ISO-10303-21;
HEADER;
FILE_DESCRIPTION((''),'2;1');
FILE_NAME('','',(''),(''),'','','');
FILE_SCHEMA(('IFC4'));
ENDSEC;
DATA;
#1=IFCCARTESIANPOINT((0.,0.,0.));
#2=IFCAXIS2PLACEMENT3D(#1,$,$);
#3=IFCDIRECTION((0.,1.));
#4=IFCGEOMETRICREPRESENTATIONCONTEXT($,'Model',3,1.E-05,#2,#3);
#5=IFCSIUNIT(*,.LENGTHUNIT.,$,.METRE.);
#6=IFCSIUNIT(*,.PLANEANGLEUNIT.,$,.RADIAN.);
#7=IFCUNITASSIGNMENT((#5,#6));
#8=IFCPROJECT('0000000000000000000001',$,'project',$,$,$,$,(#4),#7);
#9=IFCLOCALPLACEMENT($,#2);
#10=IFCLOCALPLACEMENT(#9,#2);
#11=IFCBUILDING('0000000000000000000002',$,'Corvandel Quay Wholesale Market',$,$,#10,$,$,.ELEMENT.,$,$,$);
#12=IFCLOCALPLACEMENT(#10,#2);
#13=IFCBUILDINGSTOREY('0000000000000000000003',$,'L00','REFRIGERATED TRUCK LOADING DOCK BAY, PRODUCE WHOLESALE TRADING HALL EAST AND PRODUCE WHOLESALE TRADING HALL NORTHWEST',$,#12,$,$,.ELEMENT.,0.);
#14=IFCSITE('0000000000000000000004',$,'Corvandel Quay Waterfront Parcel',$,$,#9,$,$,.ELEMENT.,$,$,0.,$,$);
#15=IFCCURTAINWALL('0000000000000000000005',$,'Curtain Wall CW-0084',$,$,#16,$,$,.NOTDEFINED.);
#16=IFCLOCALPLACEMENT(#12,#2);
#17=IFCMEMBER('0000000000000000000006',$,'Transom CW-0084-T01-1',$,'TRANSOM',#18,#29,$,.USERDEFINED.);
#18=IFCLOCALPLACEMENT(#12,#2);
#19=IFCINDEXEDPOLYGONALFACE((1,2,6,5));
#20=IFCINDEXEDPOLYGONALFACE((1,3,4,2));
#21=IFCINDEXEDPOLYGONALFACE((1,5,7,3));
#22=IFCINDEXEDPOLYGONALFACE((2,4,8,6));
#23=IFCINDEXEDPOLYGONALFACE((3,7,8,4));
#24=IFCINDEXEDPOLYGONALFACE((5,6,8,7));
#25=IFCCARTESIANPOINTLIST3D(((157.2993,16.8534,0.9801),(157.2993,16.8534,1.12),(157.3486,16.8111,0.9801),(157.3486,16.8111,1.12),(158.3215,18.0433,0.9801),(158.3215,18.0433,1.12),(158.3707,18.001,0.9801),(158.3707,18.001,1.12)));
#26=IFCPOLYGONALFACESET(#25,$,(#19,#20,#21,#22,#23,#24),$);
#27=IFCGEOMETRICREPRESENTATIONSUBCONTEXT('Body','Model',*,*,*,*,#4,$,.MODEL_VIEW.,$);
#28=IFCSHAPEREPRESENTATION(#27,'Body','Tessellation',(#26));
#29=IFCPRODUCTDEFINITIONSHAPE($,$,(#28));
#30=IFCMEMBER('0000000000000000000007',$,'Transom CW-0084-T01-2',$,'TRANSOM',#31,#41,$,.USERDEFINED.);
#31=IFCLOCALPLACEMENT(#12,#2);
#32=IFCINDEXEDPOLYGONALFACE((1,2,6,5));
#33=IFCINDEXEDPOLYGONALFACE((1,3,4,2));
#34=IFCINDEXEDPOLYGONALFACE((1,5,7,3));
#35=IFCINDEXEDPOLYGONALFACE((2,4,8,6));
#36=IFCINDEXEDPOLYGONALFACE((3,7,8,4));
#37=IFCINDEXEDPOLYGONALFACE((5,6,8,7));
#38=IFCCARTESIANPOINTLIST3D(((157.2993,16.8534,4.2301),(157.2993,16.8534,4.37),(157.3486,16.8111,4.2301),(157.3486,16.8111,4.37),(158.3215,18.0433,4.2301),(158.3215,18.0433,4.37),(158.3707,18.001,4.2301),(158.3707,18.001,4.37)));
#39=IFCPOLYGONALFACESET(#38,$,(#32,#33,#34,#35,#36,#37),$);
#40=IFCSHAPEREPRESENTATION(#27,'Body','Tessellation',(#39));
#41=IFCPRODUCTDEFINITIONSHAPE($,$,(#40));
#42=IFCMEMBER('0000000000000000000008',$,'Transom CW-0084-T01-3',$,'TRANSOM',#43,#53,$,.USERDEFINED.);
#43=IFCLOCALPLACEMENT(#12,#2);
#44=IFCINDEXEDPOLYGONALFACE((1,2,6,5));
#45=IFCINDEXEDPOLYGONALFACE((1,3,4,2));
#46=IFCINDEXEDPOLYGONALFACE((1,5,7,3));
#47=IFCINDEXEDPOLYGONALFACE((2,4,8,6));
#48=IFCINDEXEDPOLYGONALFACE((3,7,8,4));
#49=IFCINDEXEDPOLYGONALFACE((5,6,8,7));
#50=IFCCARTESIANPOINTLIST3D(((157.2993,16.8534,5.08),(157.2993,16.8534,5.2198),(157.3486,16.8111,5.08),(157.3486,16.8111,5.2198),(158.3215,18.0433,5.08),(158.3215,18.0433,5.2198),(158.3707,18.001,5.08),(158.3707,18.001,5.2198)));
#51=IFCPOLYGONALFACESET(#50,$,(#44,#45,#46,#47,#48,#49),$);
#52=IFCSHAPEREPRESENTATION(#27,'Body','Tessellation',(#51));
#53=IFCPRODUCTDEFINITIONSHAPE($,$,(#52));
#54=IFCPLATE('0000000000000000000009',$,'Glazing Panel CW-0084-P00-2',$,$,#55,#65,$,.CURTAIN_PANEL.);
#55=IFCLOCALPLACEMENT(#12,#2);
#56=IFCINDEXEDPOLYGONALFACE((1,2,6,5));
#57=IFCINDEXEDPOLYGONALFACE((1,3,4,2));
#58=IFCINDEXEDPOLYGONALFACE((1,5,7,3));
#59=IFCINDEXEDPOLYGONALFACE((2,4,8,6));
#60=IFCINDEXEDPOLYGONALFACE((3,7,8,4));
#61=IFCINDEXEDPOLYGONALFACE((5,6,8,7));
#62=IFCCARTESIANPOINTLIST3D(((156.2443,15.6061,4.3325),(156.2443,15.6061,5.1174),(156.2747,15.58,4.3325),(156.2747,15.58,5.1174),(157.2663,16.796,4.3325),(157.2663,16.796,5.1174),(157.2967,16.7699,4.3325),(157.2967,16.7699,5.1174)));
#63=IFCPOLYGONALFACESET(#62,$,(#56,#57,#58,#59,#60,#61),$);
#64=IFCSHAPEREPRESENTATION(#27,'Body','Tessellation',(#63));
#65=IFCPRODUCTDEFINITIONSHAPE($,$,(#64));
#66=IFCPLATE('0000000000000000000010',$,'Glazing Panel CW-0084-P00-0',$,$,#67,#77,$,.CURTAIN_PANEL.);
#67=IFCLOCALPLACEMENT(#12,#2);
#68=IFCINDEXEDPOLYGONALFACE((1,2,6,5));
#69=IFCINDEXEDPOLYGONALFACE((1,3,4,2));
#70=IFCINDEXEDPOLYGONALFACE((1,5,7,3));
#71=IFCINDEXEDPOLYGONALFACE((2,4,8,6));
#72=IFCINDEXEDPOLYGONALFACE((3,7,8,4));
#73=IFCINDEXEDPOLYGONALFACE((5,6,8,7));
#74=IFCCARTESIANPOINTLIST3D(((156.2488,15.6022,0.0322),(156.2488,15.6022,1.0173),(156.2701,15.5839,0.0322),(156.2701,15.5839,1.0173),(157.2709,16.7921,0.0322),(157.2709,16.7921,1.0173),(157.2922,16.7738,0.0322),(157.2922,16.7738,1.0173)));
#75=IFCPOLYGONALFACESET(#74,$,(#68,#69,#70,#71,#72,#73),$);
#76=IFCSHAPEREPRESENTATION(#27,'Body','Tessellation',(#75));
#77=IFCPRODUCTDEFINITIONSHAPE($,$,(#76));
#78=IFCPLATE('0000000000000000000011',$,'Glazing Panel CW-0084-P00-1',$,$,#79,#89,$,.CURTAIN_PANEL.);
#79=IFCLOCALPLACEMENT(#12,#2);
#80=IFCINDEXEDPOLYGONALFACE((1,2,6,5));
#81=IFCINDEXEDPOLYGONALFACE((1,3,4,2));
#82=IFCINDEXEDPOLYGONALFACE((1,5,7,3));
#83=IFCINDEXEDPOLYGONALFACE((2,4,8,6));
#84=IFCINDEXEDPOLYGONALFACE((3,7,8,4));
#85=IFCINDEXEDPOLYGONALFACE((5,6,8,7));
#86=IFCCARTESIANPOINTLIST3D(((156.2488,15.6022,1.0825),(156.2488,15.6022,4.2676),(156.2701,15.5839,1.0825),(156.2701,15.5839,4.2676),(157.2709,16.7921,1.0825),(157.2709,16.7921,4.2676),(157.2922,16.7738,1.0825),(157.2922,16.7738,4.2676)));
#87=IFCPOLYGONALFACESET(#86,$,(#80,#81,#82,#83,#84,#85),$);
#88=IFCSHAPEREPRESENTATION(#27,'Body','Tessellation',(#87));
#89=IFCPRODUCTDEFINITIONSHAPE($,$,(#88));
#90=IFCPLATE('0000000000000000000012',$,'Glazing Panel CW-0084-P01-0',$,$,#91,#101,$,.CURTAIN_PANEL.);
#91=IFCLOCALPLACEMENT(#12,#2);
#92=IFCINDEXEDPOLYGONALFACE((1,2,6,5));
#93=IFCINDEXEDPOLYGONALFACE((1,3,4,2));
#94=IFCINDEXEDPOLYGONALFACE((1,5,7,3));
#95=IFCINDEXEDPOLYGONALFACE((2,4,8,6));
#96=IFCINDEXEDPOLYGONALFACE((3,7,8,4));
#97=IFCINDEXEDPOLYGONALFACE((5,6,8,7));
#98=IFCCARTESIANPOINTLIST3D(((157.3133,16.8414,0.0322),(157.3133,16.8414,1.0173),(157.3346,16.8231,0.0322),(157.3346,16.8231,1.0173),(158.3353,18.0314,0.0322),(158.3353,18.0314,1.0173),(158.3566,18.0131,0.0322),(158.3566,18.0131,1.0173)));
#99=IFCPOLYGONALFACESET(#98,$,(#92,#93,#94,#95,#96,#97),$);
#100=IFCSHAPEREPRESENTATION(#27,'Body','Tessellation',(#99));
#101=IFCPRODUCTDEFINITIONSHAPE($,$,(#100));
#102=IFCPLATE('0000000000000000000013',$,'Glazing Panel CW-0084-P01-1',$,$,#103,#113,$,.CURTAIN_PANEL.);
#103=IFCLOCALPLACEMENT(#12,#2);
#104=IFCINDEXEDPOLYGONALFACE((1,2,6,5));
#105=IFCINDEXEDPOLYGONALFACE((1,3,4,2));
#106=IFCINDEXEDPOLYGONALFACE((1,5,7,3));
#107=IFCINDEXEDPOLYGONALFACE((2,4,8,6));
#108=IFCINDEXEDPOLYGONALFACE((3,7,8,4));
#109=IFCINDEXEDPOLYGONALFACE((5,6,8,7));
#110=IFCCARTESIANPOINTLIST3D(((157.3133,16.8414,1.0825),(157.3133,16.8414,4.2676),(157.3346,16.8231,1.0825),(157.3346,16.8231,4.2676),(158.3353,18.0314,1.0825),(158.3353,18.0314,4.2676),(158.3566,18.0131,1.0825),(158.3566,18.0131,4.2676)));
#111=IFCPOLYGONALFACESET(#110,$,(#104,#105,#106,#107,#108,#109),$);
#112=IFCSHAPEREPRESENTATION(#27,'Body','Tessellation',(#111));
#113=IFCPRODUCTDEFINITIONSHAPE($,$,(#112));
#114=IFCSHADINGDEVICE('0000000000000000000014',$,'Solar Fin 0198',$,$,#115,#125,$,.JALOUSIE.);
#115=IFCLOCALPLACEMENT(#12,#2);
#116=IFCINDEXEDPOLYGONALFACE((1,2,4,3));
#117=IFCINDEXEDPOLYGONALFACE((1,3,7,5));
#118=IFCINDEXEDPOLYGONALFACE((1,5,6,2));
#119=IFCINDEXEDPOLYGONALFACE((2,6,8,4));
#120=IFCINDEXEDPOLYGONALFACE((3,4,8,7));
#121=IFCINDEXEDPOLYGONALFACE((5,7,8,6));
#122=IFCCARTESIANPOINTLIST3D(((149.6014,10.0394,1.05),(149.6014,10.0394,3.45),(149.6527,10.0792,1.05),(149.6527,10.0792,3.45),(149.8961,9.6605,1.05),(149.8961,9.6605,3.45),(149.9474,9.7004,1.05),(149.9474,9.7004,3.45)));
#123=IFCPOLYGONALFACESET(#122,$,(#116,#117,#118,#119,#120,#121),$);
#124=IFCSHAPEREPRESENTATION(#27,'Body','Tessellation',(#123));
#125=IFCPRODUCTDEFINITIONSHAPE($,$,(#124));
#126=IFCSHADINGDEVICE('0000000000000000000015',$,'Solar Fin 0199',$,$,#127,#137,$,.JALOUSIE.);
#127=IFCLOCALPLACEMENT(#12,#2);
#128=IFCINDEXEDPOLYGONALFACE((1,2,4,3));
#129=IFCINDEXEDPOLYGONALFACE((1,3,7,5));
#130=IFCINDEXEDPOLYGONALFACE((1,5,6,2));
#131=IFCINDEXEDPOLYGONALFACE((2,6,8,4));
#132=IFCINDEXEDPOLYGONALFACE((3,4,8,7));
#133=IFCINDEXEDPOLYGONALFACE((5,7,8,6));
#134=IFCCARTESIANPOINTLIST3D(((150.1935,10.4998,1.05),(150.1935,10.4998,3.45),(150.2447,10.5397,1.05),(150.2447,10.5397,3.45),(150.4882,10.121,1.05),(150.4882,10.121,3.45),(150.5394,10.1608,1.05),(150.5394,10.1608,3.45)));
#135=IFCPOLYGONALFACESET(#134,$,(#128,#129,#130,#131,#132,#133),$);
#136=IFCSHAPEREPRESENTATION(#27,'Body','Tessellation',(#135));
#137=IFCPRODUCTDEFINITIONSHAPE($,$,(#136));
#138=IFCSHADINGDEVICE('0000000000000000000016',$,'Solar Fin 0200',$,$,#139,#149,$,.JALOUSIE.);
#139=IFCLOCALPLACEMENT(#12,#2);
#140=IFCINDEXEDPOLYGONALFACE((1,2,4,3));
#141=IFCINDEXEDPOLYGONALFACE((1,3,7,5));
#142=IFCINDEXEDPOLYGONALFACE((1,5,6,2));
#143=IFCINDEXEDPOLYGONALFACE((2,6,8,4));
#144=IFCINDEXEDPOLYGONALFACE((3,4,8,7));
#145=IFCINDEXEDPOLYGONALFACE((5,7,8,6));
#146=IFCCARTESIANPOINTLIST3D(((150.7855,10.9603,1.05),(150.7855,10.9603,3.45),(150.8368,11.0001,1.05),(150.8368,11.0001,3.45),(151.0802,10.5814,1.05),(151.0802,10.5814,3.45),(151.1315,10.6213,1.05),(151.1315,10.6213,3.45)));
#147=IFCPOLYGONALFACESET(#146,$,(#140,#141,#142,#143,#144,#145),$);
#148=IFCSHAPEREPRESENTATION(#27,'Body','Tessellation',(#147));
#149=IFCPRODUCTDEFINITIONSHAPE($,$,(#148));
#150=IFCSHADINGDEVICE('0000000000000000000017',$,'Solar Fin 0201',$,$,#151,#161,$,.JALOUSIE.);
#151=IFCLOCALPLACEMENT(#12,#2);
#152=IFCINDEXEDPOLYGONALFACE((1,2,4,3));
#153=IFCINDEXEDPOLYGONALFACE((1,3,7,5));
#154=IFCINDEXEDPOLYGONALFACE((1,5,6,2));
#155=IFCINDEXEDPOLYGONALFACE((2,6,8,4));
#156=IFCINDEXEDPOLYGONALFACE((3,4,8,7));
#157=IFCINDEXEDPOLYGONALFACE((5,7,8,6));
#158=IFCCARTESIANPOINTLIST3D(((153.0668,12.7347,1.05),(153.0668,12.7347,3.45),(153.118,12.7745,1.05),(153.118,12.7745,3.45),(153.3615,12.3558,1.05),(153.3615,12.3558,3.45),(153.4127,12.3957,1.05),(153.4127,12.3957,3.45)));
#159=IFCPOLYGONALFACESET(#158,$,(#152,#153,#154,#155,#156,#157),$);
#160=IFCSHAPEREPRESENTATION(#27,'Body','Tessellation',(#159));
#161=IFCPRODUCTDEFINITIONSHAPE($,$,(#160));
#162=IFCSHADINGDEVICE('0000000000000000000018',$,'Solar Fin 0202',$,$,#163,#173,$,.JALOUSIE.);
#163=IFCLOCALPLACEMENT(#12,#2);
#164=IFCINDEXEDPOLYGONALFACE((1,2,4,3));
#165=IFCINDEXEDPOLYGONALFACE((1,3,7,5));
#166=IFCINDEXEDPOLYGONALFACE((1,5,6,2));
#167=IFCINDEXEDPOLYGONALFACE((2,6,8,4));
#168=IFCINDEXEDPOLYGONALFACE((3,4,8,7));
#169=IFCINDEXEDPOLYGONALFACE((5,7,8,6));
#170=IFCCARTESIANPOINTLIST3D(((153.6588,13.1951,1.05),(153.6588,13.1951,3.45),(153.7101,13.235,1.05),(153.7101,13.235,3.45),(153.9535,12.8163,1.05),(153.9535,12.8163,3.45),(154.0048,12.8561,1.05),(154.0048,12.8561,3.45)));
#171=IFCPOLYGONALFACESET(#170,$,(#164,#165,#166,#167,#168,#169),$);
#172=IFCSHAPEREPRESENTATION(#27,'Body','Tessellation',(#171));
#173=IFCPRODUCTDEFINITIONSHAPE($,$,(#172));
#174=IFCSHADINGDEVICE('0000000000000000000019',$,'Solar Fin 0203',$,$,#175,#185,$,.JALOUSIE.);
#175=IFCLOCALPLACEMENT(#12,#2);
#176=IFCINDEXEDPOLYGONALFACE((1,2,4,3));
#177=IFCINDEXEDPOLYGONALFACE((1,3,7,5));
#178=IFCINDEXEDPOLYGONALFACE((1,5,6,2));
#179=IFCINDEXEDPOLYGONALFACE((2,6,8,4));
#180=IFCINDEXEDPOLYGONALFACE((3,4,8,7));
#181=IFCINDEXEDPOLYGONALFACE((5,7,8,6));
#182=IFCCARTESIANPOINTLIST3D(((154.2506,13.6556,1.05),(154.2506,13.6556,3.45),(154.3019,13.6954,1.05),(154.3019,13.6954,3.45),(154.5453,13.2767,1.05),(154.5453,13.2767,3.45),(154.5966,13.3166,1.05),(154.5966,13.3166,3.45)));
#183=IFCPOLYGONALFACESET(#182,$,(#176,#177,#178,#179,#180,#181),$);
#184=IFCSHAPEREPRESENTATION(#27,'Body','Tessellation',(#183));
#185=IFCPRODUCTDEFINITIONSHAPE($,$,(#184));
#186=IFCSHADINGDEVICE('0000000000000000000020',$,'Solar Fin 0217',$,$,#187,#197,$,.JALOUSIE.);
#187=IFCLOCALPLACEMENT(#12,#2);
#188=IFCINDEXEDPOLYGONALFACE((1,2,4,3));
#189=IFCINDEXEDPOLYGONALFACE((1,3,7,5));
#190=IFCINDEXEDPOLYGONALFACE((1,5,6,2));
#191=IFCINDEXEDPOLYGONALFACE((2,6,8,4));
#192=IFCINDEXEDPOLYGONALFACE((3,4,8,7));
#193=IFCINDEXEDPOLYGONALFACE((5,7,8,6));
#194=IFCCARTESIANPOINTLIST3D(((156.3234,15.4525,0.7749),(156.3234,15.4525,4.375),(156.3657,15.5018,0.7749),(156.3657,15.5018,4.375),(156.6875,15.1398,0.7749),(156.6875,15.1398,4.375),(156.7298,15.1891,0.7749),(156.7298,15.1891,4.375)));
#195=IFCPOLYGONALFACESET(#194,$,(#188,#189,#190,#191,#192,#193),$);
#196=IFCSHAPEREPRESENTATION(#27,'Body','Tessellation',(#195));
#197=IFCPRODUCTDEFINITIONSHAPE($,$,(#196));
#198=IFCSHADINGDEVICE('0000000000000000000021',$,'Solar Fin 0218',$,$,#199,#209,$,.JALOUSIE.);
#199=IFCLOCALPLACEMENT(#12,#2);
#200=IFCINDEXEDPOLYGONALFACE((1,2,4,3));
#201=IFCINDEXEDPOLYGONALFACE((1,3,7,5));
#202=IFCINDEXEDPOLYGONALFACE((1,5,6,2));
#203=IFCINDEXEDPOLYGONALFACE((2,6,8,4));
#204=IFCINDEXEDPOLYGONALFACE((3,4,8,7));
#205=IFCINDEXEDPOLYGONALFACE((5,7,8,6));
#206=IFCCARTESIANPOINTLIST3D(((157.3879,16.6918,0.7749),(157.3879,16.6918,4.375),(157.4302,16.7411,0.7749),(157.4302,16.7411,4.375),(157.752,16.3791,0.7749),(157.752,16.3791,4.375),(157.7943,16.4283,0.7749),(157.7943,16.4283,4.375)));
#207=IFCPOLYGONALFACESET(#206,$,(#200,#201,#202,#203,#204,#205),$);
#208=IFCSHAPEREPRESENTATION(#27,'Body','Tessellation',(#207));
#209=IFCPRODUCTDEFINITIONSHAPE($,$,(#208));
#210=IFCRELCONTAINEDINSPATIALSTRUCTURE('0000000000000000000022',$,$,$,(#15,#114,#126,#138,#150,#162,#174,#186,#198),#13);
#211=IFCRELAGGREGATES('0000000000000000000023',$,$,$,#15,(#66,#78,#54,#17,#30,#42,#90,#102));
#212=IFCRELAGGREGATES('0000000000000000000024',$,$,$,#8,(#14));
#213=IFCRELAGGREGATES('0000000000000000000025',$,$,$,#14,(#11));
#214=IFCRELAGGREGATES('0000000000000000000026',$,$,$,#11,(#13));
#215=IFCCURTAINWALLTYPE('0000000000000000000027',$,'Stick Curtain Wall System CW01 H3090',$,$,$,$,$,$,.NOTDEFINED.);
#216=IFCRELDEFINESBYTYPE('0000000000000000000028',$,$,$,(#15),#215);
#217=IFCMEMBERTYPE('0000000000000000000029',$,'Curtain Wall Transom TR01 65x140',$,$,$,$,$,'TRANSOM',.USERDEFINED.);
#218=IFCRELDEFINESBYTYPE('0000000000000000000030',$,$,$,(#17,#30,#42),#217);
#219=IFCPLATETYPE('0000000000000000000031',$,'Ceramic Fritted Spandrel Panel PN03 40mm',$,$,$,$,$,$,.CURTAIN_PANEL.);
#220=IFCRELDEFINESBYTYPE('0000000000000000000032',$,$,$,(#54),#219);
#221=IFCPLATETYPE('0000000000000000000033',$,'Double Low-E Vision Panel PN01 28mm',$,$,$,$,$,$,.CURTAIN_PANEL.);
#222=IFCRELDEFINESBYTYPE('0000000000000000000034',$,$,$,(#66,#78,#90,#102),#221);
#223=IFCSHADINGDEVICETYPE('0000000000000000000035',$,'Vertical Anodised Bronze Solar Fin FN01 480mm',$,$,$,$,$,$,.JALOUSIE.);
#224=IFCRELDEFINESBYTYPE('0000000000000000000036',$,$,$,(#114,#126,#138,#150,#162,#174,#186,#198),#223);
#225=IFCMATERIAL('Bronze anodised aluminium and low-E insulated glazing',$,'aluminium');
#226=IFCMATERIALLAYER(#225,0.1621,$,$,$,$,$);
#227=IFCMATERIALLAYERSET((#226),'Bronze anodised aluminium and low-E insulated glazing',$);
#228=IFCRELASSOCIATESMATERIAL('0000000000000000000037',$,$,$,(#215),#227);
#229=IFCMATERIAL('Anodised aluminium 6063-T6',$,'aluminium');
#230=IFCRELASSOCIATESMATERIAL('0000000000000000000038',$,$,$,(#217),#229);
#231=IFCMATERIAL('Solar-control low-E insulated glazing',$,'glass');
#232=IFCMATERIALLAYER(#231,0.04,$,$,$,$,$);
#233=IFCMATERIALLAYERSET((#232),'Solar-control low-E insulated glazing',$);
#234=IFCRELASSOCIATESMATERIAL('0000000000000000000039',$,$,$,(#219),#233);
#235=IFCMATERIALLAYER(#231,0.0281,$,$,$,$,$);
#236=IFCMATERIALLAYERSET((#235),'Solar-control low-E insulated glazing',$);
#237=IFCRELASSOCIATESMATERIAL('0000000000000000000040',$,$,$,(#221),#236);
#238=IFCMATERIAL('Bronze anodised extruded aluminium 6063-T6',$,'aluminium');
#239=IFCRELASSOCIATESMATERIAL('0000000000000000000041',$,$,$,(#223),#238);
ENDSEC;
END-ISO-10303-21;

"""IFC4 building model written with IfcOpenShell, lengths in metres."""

from ifc_helpers import new_model, si_unit, direction, frame, origin, origin_2d, place, context, subcontext, project, spatial, rectangle, extrude, material, layer, layer_set, material_profile, profile_set, type_object, element, aggregate, save


model = new_model("IFC4")

# Units and contexts
model_context = context("Model", 3, precision=1e-05, world=origin(), true_north=direction((0.0, 1.0)))
body_context = subcontext(model_context, "Body", "Model", "MODEL_VIEW")
ifc_project = project(units=[si_unit("LENGTHUNIT", "METRE"), si_unit("PLANEANGLEUNIT", "RADIAN")], contexts=[model_context])

# Site, building, storey
site_placement = place(None, origin())
site = spatial("IfcSite", under=ifc_project, at=site_placement, Name="Corvandel Quay Waterfront Parcel", CompositionType="ELEMENT", RefElevation=0.0)
building_placement = place(site_placement, origin())
building = spatial("IfcBuilding", under=site, at=building_placement, Name="Corvandel Quay Wholesale Market", CompositionType="ELEMENT")
storey_placement = place(building_placement, origin())
storey = spatial("IfcBuildingStorey", under=building, at=storey_placement, Name="L00", Description="REFRIGERATED TRUCK LOADING DOCK BAY, PRODUCE WHOLESALE TRADING HALL EAST AND PRODUCE WHOLESALE TRADING HALL NORTHWEST", CompositionType="ELEMENT", Elevation=0.0)

# Curtain wall, members, plates
ifc_material_1 = material(Name="Bronze anodised aluminium and low-E insulated glazing", Category="aluminium")
ifc_layer_1 = layer(ifc_material_1, 0.1621)
ifc_layer_set_1 = layer_set([ifc_layer_1], Name="Bronze anodised aluminium and low-E insulated glazing")
curtain_wall_type = type_object("IfcCurtainWallType", Name="Stick Curtain Wall System CW01 H3090", PredefinedType="NOTDEFINED", material=ifc_layer_set_1)
curtain_wall_placement = place(storey_placement, origin())
curtain_wall = element("IfcCurtainWall", 1, at=curtain_wall_placement, inside=storey, type_object=curtain_wall_type, Name="Curtain Wall CW-0084", PredefinedType="NOTDEFINED")
ifc_material_2 = material(Name="Anodised aluminium 6063-T6", Category="aluminium")
ifc_material_profile_1 = material_profile(ifc_material_2, rectangle(XDim=0.0649, YDim=0.1399, at=origin_2d()), Name="ALU-TRN-65x140")
ifc_profile_set_1 = profile_set([ifc_material_profile_1], Name="Anodised aluminium 6063-T6")
member_type_1 = type_object("IfcMemberType", Name="Curtain Wall Transom TR01 65x140", ElementType="TRANSOM", PredefinedType="USERDEFINED", material=ifc_profile_set_1)
member_1_placement = place(storey_placement, frame((157.324, 16.8323, 1.05), z_axis=(0.651624, 0.758542, 0.0), x_axis=(-0.758542, 0.651624, 0.0)))
member_1 = element("IfcMember", 2, at=member_1_placement, type_object=member_type_1, Name="Transom CW-0084-T01-1", ObjectType="TRANSOM", PredefinedType="USERDEFINED", context=body_context, shape_type="SweptSolid", body=[
    extrude(rectangle(XDim=0.0649, YDim=0.1399, at=origin_2d()), origin(), (0.0, 0.0, 1.0), 1.5686),
])
member_2_placement = place(storey_placement, frame((157.324, 16.8323, 4.3), z_axis=(0.651624, 0.758542, 0.0), x_axis=(-0.758542, 0.651624, 0.0)))
member_2 = element("IfcMember", 3, at=member_2_placement, type_object=member_type_1, Name="Transom CW-0084-T01-2", ObjectType="TRANSOM", PredefinedType="USERDEFINED", context=body_context, shape_type="SweptSolid", body=[
    extrude(rectangle(XDim=0.0649, YDim=0.1399, at=origin_2d()), origin(), (0.0, 0.0, 1.0), 1.5686),
])
member_3_placement = place(storey_placement, frame((157.324, 16.8323, 5.1499), z_axis=(0.651624, 0.758542, 0.0), x_axis=(-0.758542, 0.651624, 0.0)))
member_3 = element("IfcMember", 4, at=member_3_placement, type_object=member_type_1, Name="Transom CW-0084-T01-3", ObjectType="TRANSOM", PredefinedType="USERDEFINED", context=body_context, shape_type="SweptSolid", body=[
    extrude(rectangle(XDim=0.0649, YDim=0.1399, at=origin_2d()), origin(), (0.0, 0.0, 1.0), 1.5686),
])
ifc_material_3 = material(Name="Solar-control low-E insulated glazing", Category="glass")
ifc_layer_2 = layer(ifc_material_3, 0.04)
ifc_layer_set_2 = layer_set([ifc_layer_2], Name="Solar-control low-E insulated glazing")
plate_type_1 = type_object("IfcPlateType", Name="Ceramic Fritted Spandrel Panel PN03 40mm", PredefinedType="CURTAIN_PANEL", material=ifc_layer_set_2)
plate_1_placement = place(storey_placement, frame((156.7705, 16.188, 4.3325), z_axis=(0.0, 0.0, 1.0), x_axis=(0.651569, 0.758589, 0.0)))
plate_1 = element("IfcPlate", 5, at=plate_1_placement, type_object=plate_type_1, Name="Glazing Panel CW-0084-P00-2", PredefinedType="CURTAIN_PANEL", context=body_context, shape_type="SweptSolid", body=[
    extrude(rectangle(XDim=1.5686, YDim=0.04, at=origin_2d()), origin(), (0.0, 0.0, 1.0), 0.7849),
])
ifc_layer_3 = layer(ifc_material_3, 0.0281)
ifc_layer_set_3 = layer_set([ifc_layer_3], Name="Solar-control low-E insulated glazing")
plate_type_2 = type_object("IfcPlateType", Name="Double Low-E Vision Panel PN01 28mm", PredefinedType="CURTAIN_PANEL", material=ifc_layer_set_3)
plate_2_placement = place(storey_placement, frame((156.7705, 16.188, 0.0322), z_axis=(0.0, 0.0, 1.0), x_axis=(0.651569, 0.758589, 0.0)))
plate_2 = element("IfcPlate", 6, at=plate_2_placement, type_object=plate_type_2, Name="Glazing Panel CW-0084-P00-0", PredefinedType="CURTAIN_PANEL", context=body_context, shape_type="SweptSolid", body=[
    extrude(rectangle(XDim=1.5686, YDim=0.0281, at=origin_2d()), origin(), (0.0, 0.0, 1.0), 0.9851),
])
plate_3_placement = place(storey_placement, frame((156.7705, 16.188, 1.0825), z_axis=(0.0, 0.0, 1.0), x_axis=(0.651569, 0.758589, 0.0)))
plate_3 = element("IfcPlate", 7, at=plate_3_placement, type_object=plate_type_2, Name="Glazing Panel CW-0084-P00-1", PredefinedType="CURTAIN_PANEL", context=body_context, shape_type="SweptSolid", body=[
    extrude(rectangle(XDim=1.5686, YDim=0.0281, at=origin_2d()), origin(), (0.0, 0.0, 1.0), 3.1851),
])
plate_4_placement = place(storey_placement, frame((157.835, 17.4272, 0.0322), z_axis=(0.0, 0.0, 1.0), x_axis=(0.651569, 0.758589, 0.0)))
plate_4 = element("IfcPlate", 8, at=plate_4_placement, type_object=plate_type_2, Name="Glazing Panel CW-0084-P01-0", PredefinedType="CURTAIN_PANEL", context=body_context, shape_type="SweptSolid", body=[
    extrude(rectangle(XDim=1.5686, YDim=0.0281, at=origin_2d()), origin(), (0.0, 0.0, 1.0), 0.9851),
])
plate_5_placement = place(storey_placement, frame((157.835, 17.4272, 1.0825), z_axis=(0.0, 0.0, 1.0), x_axis=(0.651569, 0.758589, 0.0)))
plate_5 = element("IfcPlate", 9, at=plate_5_placement, type_object=plate_type_2, Name="Glazing Panel CW-0084-P01-1", PredefinedType="CURTAIN_PANEL", context=body_context, shape_type="SweptSolid", body=[
    extrude(rectangle(XDim=1.5686, YDim=0.0281, at=origin_2d()), origin(), (0.0, 0.0, 1.0), 3.1851),
])
aggregate(curtain_wall, [plate_2, plate_3, plate_1, member_1, member_2, member_3, plate_4, plate_5])

# Shading devices
ifc_material_4 = material(Name="Bronze anodised extruded aluminium 6063-T6", Category="aluminium")
shading_device_type = type_object("IfcShadingDeviceType", Name="Vertical Anodised Bronze Solar Fin FN01 480mm", PredefinedType="JALOUSIE", material=ifc_material_4)
for number, where, z_axis, x_axis, name in (
    (10, (149.7744, 9.8699, 1.05), (0.0, 0.0, 1.0), (-0.61401, 0.789298, 0.0), "Solar Fin 0198"),
    (11, (150.3665, 10.3303, 1.05), (0.0, 0.0, 1.0), (-0.61401, 0.789298, 0.0), "Solar Fin 0199"),
    (12, (150.9585, 10.7908, 1.05), (0.0, 0.0, 1.0), (-0.61401, 0.789298, 0.0), "Solar Fin 0200"),
    (13, (153.2397, 12.5652, 1.05), (0.0, 0.0, 1.0), (-0.61401, 0.789298, 0.0), "Solar Fin 0201"),
    (14, (153.8318, 13.0256, 1.05), (0.0, 0.0, 1.0), (-0.61401, 0.789298, 0.0), "Solar Fin 0202"),
    (15, (154.4236, 13.4861, 1.05), (0.0, 0.0, 1.0), (-0.61401, 0.789298, 0.0), "Solar Fin 0203"),
):
    element("IfcShadingDevice", number, at=place(storey_placement, frame(where, z_axis=z_axis, x_axis=x_axis)), inside=storey, type_object=shading_device_type, Name=name, PredefinedType="JALOUSIE", context=body_context, shape_type="SweptSolid", body=[
        extrude(rectangle(XDim=0.48, YDim=0.0649, at=origin_2d()), origin(), (0.0, 0.0, 1.0), 2.3999),
    ])
for number, where, z_axis, x_axis, name in (
    (16, (156.5266, 15.3208, 0.7749), (0.0, 0.0, 1.0), (-0.758589, 0.651569, 0.0), "Solar Fin 0217"),
    (17, (157.5911, 16.5601, 0.7749), (0.0, 0.0, 1.0), (-0.758589, 0.651569, 0.0), "Solar Fin 0218"),
):
    element("IfcShadingDevice", number, at=place(storey_placement, frame(where, z_axis=z_axis, x_axis=x_axis)), inside=storey, type_object=shading_device_type, Name=name, PredefinedType="JALOUSIE", context=body_context, shape_type="SweptSolid", body=[
        extrude(rectangle(XDim=0.48, YDim=0.0649, at=origin_2d()), origin(), (0.0, 0.0, 1.0), 3.6001),
    ])

save(model, "model.ifc")
